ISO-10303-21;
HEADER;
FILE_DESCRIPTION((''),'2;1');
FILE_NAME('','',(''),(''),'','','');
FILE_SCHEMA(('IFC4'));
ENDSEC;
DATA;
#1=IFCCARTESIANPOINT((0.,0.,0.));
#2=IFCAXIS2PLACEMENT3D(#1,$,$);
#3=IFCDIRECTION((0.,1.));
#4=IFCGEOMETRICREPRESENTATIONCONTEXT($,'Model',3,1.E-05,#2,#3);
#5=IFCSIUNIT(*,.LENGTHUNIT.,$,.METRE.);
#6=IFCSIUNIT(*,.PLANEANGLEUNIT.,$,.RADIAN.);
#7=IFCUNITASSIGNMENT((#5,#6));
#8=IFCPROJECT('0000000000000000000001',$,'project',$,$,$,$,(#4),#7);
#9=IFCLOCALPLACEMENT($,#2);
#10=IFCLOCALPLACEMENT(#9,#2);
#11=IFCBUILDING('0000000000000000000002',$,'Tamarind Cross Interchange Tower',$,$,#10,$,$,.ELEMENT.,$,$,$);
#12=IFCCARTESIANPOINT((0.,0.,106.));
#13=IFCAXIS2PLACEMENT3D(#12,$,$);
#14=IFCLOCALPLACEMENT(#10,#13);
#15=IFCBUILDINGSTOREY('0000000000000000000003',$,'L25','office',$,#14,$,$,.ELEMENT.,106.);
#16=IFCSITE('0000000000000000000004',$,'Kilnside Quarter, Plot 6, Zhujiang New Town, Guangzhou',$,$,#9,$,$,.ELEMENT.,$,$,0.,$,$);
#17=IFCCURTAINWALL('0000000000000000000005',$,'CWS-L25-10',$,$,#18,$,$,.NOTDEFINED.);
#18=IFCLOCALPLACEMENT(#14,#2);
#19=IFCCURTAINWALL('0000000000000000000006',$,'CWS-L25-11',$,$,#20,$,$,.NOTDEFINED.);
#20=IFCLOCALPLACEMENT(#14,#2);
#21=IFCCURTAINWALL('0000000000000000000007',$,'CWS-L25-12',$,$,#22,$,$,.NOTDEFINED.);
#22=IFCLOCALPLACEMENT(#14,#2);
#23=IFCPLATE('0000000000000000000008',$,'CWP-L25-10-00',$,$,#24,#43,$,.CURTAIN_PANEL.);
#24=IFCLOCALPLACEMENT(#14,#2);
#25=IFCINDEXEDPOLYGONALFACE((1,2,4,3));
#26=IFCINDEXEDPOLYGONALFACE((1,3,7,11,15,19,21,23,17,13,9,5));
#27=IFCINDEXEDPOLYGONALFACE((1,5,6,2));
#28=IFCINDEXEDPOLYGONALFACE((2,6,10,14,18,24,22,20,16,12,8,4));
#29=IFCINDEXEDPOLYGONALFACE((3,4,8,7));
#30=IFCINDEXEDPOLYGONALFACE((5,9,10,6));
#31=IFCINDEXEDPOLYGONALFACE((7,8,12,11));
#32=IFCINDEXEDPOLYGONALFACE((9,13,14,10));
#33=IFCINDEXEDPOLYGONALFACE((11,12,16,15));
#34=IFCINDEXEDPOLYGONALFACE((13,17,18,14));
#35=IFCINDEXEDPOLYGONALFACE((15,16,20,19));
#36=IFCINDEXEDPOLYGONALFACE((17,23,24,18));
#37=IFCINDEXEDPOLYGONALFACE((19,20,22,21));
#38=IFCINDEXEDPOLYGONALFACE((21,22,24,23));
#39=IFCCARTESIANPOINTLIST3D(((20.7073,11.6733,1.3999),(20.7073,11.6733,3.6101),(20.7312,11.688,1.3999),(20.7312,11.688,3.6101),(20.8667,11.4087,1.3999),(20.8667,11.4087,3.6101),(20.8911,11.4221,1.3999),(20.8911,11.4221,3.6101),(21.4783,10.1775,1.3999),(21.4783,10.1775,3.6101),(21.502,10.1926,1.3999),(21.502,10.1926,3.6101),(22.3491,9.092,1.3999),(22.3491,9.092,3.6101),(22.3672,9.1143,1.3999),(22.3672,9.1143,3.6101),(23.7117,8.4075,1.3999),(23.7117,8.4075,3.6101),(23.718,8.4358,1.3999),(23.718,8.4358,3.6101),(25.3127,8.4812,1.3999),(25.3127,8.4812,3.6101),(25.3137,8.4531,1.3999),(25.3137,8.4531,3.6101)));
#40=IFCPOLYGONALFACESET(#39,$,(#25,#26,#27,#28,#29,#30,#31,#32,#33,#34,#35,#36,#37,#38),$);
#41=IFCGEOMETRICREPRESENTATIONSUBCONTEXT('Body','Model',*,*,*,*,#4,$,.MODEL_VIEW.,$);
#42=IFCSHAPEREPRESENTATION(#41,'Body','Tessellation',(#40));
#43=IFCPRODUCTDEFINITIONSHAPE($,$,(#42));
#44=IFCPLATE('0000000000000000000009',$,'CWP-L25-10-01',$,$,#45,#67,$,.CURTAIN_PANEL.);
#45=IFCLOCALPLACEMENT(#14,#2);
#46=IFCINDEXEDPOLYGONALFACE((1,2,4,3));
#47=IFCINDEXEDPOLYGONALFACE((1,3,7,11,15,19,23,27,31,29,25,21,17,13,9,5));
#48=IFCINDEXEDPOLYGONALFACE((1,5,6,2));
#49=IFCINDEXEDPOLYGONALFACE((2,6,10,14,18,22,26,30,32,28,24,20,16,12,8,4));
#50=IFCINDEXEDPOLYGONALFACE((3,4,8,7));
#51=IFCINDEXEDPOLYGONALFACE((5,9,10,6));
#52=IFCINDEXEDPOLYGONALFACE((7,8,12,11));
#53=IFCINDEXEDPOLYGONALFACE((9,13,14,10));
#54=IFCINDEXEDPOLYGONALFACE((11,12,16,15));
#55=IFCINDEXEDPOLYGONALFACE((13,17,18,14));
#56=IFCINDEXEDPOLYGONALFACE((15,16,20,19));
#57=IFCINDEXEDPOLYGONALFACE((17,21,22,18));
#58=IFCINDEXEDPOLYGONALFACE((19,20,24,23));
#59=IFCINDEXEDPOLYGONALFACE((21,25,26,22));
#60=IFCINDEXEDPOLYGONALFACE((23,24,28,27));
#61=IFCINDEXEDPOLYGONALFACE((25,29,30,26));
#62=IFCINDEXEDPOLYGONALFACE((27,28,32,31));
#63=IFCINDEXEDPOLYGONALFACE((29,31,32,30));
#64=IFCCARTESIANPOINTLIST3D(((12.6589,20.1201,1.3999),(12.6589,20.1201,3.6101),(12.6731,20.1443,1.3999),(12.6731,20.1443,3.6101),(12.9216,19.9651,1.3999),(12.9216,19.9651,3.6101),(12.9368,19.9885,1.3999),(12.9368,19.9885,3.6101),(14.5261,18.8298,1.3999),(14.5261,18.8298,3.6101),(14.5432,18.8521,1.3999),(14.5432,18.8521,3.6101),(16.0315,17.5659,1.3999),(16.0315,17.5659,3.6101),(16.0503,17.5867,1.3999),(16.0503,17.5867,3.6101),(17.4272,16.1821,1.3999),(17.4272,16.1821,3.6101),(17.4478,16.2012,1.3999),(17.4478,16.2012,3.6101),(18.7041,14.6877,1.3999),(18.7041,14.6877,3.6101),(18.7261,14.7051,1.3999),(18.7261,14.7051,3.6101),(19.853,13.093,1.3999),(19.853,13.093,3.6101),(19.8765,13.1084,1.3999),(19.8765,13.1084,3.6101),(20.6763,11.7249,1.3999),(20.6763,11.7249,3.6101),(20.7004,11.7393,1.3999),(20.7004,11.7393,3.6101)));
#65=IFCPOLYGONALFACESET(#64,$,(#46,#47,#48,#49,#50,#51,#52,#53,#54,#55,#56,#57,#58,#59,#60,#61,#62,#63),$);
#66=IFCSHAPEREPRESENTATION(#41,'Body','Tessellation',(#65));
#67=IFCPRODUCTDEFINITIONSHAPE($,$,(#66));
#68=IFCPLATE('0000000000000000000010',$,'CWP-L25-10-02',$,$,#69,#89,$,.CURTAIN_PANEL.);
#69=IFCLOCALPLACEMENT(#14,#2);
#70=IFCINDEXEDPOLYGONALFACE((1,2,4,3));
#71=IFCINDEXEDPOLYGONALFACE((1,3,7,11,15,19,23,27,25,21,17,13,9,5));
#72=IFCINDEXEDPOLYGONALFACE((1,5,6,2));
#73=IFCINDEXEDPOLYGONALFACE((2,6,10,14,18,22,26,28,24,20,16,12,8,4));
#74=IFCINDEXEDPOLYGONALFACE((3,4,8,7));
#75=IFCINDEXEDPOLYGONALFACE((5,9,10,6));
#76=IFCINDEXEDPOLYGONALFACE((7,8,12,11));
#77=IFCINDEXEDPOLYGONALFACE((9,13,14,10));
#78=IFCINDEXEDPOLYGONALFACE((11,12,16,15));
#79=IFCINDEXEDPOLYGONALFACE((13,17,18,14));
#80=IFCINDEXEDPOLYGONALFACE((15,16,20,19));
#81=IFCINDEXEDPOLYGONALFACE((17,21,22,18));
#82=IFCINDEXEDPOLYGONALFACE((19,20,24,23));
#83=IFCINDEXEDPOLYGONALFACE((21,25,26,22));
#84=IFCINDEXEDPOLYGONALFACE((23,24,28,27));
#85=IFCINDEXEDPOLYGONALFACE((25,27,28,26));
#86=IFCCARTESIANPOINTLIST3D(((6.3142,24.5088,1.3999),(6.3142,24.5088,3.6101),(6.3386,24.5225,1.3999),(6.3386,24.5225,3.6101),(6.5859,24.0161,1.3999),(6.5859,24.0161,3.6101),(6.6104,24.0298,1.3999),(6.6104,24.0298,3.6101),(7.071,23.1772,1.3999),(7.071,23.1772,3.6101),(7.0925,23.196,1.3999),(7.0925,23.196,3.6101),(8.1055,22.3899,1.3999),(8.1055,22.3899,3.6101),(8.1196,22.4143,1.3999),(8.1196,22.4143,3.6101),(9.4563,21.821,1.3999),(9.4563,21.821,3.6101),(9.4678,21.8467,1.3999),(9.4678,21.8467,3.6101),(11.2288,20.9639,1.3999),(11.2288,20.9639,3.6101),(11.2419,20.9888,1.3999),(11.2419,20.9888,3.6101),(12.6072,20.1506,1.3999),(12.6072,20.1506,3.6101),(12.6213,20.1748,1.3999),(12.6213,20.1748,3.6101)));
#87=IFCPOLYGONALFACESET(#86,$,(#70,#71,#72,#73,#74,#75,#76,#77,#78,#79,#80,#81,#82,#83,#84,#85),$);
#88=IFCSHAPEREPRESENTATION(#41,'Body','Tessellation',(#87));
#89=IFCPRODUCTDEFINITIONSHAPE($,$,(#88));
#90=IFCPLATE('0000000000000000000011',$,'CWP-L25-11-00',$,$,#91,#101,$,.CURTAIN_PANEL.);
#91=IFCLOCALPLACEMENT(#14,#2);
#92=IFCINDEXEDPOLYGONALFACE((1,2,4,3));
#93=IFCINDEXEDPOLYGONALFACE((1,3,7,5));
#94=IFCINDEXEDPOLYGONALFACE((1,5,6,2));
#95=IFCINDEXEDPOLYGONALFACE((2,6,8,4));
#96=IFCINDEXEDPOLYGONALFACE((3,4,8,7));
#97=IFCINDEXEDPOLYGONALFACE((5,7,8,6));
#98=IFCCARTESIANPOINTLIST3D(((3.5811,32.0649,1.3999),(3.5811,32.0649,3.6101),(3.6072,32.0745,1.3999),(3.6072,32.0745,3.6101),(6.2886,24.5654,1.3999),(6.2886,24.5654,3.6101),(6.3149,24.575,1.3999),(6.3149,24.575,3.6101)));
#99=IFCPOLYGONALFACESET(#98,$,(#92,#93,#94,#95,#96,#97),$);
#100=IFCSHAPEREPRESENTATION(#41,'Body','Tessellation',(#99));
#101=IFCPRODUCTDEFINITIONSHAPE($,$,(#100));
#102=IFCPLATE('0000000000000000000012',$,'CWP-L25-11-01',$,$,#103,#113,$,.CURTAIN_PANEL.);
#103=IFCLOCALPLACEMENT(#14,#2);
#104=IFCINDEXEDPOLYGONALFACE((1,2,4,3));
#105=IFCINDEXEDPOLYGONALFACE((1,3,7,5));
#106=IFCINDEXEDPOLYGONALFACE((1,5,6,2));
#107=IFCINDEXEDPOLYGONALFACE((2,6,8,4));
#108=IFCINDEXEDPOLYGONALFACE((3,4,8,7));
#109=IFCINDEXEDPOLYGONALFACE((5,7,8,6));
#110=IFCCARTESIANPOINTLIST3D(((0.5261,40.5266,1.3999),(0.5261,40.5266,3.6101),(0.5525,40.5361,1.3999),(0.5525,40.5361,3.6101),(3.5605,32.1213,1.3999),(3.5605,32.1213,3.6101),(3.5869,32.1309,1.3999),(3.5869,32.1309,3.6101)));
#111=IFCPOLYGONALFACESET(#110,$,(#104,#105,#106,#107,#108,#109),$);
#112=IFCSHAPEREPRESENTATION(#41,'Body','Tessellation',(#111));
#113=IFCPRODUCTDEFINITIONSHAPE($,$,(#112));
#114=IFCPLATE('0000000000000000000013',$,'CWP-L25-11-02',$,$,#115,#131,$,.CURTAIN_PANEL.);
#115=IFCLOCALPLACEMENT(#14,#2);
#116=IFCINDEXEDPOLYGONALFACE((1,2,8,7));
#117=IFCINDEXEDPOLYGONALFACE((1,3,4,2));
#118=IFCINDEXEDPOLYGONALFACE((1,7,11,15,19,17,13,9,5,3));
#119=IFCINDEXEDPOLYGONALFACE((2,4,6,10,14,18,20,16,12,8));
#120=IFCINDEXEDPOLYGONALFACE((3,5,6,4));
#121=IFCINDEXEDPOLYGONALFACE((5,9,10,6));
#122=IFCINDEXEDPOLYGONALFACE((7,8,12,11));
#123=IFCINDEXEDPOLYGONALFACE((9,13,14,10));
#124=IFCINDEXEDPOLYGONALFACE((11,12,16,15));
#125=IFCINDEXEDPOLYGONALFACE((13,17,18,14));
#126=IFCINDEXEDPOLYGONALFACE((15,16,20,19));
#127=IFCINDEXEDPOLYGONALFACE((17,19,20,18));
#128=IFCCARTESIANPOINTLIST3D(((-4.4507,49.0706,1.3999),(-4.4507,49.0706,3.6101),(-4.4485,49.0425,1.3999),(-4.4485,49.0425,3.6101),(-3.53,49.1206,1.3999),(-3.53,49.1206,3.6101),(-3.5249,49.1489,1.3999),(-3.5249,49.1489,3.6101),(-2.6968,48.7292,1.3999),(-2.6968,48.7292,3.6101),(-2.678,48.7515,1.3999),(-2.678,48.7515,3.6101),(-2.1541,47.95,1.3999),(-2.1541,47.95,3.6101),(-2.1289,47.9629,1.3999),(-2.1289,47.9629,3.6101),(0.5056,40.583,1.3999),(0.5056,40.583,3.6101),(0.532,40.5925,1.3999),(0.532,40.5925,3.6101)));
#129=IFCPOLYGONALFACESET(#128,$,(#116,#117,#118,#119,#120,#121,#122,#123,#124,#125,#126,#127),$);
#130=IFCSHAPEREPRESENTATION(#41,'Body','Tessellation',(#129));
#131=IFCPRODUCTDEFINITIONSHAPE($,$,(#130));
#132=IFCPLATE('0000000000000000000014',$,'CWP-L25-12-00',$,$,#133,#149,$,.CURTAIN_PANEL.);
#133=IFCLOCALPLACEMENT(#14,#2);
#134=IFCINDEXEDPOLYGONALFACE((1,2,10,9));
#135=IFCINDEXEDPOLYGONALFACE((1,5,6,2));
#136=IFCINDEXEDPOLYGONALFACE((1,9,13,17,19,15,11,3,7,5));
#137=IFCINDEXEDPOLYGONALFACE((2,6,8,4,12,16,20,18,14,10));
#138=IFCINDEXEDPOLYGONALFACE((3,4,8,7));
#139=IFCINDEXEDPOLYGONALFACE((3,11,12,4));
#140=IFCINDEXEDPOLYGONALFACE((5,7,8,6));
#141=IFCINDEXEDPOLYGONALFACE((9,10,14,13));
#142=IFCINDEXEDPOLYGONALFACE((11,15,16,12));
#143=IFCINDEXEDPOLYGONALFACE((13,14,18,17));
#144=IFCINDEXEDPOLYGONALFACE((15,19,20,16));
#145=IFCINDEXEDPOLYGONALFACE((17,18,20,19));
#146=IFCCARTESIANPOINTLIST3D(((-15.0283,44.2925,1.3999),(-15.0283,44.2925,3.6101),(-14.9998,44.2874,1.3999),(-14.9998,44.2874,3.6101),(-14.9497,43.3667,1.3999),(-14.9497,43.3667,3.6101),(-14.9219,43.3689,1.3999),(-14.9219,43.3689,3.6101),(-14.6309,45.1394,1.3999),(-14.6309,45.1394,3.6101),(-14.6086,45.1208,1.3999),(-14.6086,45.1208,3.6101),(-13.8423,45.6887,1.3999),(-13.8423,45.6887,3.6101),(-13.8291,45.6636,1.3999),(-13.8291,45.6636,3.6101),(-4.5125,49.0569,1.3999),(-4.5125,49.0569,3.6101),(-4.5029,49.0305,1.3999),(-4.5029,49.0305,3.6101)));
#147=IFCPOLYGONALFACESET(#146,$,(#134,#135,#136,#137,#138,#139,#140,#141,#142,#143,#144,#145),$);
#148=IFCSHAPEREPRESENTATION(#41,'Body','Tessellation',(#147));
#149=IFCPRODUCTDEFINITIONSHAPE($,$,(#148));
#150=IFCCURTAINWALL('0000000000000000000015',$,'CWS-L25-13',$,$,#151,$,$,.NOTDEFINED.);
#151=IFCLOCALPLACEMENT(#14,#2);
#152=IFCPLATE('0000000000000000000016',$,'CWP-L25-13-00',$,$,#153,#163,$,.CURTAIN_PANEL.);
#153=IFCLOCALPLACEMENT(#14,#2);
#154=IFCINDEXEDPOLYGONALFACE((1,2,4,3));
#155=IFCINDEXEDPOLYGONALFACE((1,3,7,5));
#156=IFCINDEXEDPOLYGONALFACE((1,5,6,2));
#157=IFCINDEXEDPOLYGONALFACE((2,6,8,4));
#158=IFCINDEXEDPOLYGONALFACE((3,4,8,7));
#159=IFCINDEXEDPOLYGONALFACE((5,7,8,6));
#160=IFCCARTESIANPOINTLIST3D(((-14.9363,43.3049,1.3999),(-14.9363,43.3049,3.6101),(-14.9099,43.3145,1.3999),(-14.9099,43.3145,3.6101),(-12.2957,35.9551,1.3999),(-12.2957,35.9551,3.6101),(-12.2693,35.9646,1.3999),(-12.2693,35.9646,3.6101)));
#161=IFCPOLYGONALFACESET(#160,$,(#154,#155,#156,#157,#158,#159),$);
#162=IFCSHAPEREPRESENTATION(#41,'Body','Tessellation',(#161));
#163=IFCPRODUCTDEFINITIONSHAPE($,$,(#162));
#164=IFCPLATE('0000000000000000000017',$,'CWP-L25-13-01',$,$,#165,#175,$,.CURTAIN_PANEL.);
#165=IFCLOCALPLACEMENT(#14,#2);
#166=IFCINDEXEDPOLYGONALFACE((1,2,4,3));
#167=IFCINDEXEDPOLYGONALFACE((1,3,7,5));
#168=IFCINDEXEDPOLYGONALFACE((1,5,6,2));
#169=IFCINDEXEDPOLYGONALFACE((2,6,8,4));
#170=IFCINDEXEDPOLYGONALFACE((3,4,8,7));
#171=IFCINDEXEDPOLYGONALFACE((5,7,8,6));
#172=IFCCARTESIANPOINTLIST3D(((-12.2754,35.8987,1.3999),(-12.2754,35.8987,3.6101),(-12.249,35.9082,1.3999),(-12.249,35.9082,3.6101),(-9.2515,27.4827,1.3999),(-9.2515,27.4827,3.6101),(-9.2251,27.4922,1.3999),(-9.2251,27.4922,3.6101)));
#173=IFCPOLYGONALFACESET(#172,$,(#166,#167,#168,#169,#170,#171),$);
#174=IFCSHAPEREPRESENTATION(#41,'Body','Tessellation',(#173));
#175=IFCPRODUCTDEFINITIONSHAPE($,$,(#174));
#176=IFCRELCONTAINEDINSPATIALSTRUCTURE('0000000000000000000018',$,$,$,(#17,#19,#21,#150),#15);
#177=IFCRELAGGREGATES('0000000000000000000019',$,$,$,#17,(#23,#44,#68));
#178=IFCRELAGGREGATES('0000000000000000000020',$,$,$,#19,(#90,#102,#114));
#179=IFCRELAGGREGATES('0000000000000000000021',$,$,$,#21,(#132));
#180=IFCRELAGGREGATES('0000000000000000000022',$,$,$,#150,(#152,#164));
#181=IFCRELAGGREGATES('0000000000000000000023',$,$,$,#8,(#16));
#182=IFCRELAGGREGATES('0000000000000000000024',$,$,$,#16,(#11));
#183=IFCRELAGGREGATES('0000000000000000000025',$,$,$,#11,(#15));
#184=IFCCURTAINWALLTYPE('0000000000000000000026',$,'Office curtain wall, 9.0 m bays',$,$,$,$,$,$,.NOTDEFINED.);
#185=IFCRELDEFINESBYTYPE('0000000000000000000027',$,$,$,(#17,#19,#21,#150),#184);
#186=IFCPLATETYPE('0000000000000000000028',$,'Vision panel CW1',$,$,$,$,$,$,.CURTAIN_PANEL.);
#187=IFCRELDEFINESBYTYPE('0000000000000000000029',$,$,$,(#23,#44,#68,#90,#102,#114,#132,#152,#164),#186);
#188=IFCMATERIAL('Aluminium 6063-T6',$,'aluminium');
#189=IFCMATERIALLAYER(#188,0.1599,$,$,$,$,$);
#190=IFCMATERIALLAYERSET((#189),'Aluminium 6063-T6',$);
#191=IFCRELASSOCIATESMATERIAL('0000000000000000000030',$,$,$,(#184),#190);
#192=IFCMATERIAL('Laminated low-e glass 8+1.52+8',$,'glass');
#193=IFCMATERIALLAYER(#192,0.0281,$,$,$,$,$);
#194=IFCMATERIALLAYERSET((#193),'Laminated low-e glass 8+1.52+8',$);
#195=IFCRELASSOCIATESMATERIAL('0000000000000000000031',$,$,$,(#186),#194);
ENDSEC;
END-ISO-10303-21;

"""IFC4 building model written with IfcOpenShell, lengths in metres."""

from ifc_helpers import new_model, si_unit, direction, frame, origin, place, context, subcontext, project, spatial, polyline, outline, extrude, material, layer, layer_set, type_object, element, aggregate, save


model = new_model("IFC4")

# Units and contexts
model_context = context("Model", 3, precision=1e-05, world=origin(), true_north=direction((0.0, 1.0)))
body_context = subcontext(model_context, "Body", "Model", "MODEL_VIEW")
ifc_project = project(units=[si_unit("LENGTHUNIT", "METRE"), si_unit("PLANEANGLEUNIT", "RADIAN")], contexts=[model_context])

# Site, building, storey
site_placement = place(None, origin())
site = spatial("IfcSite", under=ifc_project, at=site_placement, Name="Kilnside Quarter, Plot 6, Zhujiang New Town, Guangzhou", CompositionType="ELEMENT", RefElevation=0.0)
building_placement = place(site_placement, origin())
building = spatial("IfcBuilding", under=site, at=building_placement, Name="Tamarind Cross Interchange Tower", CompositionType="ELEMENT")
storey_placement = place(building_placement, frame((0.0, 0.0, 106.0)))
storey = spatial("IfcBuildingStorey", under=building, at=storey_placement, Name="L25", Description="office", CompositionType="ELEMENT", Elevation=106.0)

# Curtain walls
ifc_material_1 = material(Name="Aluminium 6063-T6", Category="aluminium")
ifc_layer_1 = layer(ifc_material_1, 0.1599)
ifc_layer_set_1 = layer_set([ifc_layer_1], Name="Aluminium 6063-T6")
curtain_wall_type = type_object("IfcCurtainWallType", Name="Office curtain wall, 9.0 m bays", PredefinedType="NOTDEFINED", material=ifc_layer_set_1)
curtain_wall_1_placement = place(storey_placement, origin())
curtain_wall_1 = element("IfcCurtainWall", 1, at=curtain_wall_1_placement, inside=storey, type_object=curtain_wall_type, Name="CWS-L25-10", PredefinedType="NOTDEFINED")
curtain_wall_2_placement = place(storey_placement, origin())
curtain_wall_2 = element("IfcCurtainWall", 2, at=curtain_wall_2_placement, inside=storey, type_object=curtain_wall_type, Name="CWS-L25-11", PredefinedType="NOTDEFINED")
curtain_wall_3_placement = place(storey_placement, origin())
curtain_wall_3 = element("IfcCurtainWall", 3, at=curtain_wall_3_placement, inside=storey, type_object=curtain_wall_type, Name="CWS-L25-12", PredefinedType="NOTDEFINED")

# Plates
ifc_material_2 = material(Name="Laminated low-e glass 8+1.52+8", Category="glass")
ifc_layer_2 = layer(ifc_material_2, 0.0281)
ifc_layer_set_2 = layer_set([ifc_layer_2], Name="Laminated low-e glass 8+1.52+8")
plate_type = type_object("IfcPlateType", Name="Vision panel CW1", PredefinedType="CURTAIN_PANEL", material=ifc_layer_set_2)
plate_1_placement = place(storey_placement, frame((0.0, 0.0, 1.3999)))
plate_1 = element("IfcPlate", 4, at=plate_1_placement, type_object=plate_type, Name="CWP-L25-10-00", PredefinedType="CURTAIN_PANEL", context=body_context, shape_type="SweptSolid", body=[
    extrude(outline(polyline([(25.3137, 8.4531), (23.7117, 8.4075), (22.3491, 9.092), (21.4783, 10.1775), (20.8667, 11.4087), (20.7073, 11.6733), (20.7312, 11.688), (20.8911, 11.4221), (21.502, 10.1926), (22.3672, 9.1143), (23.718, 8.4358), (25.3127, 8.4812), (25.3137, 8.4531)])), origin(), (0.0, 0.0, 1.0), 2.2102),
])
plate_2_placement = place(storey_placement, frame((0.0, 0.0, 1.3999)))
plate_2 = element("IfcPlate", 5, at=plate_2_placement, type_object=plate_type, Name="CWP-L25-10-01", PredefinedType="CURTAIN_PANEL", context=body_context, shape_type="SweptSolid", body=[
    extrude(outline(polyline([(20.6763, 11.7249), (19.853, 13.093), (18.7041, 14.6877), (17.4272, 16.1821), (16.0315, 17.5659), (14.5261, 18.8298), (12.9216, 19.9651), (12.6589, 20.1201), (12.6731, 20.1443), (12.9368, 19.9885), (14.5432, 18.8521), (16.0503, 17.5867), (17.4478, 16.2012), (18.7261, 14.7051), (19.8765, 13.1084), (20.7004, 11.7393), (20.6763, 11.7249)])), origin(), (0.0, 0.0, 1.0), 2.2102),
])
plate_3_placement = place(storey_placement, frame((0.0, 0.0, 1.3999)))
plate_3 = element("IfcPlate", 6, at=plate_3_placement, type_object=plate_type, Name="CWP-L25-10-02", PredefinedType="CURTAIN_PANEL", context=body_context, shape_type="SweptSolid", body=[
    extrude(outline(polyline([(12.6072, 20.1506), (11.2288, 20.9639), (9.4563, 21.821), (8.1055, 22.3899), (7.071, 23.1772), (6.5859, 24.0161), (6.3142, 24.5088), (6.3386, 24.5225), (6.6104, 24.0298), (7.0925, 23.196), (8.1196, 22.4143), (9.4678, 21.8467), (11.2419, 20.9888), (12.6213, 20.1748), (12.6072, 20.1506)])), origin(), (0.0, 0.0, 1.0), 2.2102),
])
aggregate(curtain_wall_1, [plate_1, plate_2, plate_3])
plate_4_placement = place(storey_placement, frame((0.0, 0.0, 1.3999)))
plate_4 = element("IfcPlate", 7, at=plate_4_placement, type_object=plate_type, Name="CWP-L25-11-00", PredefinedType="CURTAIN_PANEL", context=body_context, shape_type="SweptSolid", body=[
    extrude(outline(polyline([(6.2886, 24.5654), (3.5811, 32.0649), (3.6072, 32.0745), (6.3149, 24.575), (6.2886, 24.5654)])), origin(), (0.0, 0.0, 1.0), 2.2102),
])
plate_5_placement = place(storey_placement, frame((0.0, 0.0, 1.3999)))
plate_5 = element("IfcPlate", 8, at=plate_5_placement, type_object=plate_type, Name="CWP-L25-11-01", PredefinedType="CURTAIN_PANEL", context=body_context, shape_type="SweptSolid", body=[
    extrude(outline(polyline([(3.5605, 32.1213), (0.5261, 40.5266), (0.5525, 40.5361), (3.5869, 32.1309), (3.5605, 32.1213)])), origin(), (0.0, 0.0, 1.0), 2.2102),
])
plate_6_placement = place(storey_placement, frame((0.0, 0.0, 1.3999)))
plate_6 = element("IfcPlate", 9, at=plate_6_placement, type_object=plate_type, Name="CWP-L25-11-02", PredefinedType="CURTAIN_PANEL", context=body_context, shape_type="SweptSolid", body=[
    extrude(outline(polyline([(0.5056, 40.583), (-2.1541, 47.95), (-2.6968, 48.7292), (-3.53, 49.1206), (-4.4485, 49.0425), (-4.4507, 49.0706), (-3.5249, 49.1489), (-2.678, 48.7515), (-2.1289, 47.9629), (0.532, 40.5925), (0.5056, 40.583)])), origin(), (0.0, 0.0, 1.0), 2.2102),
])
aggregate(curtain_wall_2, [plate_4, plate_5, plate_6])
plate_7_placement = place(storey_placement, frame((0.0, 0.0, 1.3999)))
plate_7 = element("IfcPlate", 10, at=plate_7_placement, type_object=plate_type, Name="CWP-L25-12-00", PredefinedType="CURTAIN_PANEL", context=body_context, shape_type="SweptSolid", body=[
    extrude(outline(polyline([(-4.5029, 49.0305), (-13.8291, 45.6636), (-14.6086, 45.1208), (-14.9998, 44.2874), (-14.9219, 43.3689), (-14.9497, 43.3667), (-15.0283, 44.2925), (-14.6309, 45.1394), (-13.8423, 45.6887), (-4.5125, 49.0569), (-4.5029, 49.0305)])), origin(), (0.0, 0.0, 1.0), 2.2102),
])
aggregate(curtain_wall_3, [plate_7])

# Curtain wall, plates
curtain_wall_4_placement = place(storey_placement, origin())
curtain_wall_4 = element("IfcCurtainWall", 11, at=curtain_wall_4_placement, inside=storey, type_object=curtain_wall_type, Name="CWS-L25-13", PredefinedType="NOTDEFINED")
plate_8_placement = place(storey_placement, frame((0.0, 0.0, 1.3999)))
plate_8 = element("IfcPlate", 12, at=plate_8_placement, type_object=plate_type, Name="CWP-L25-13-00", PredefinedType="CURTAIN_PANEL", context=body_context, shape_type="SweptSolid", body=[
    extrude(outline(polyline([(-14.9099, 43.3145), (-12.2693, 35.9646), (-12.2957, 35.9551), (-14.9363, 43.3049), (-14.9099, 43.3145)])), origin(), (0.0, 0.0, 1.0), 2.2102),
])
plate_9_placement = place(storey_placement, frame((0.0, 0.0, 1.3999)))
plate_9 = element("IfcPlate", 13, at=plate_9_placement, type_object=plate_type, Name="CWP-L25-13-01", PredefinedType="CURTAIN_PANEL", context=body_context, shape_type="SweptSolid", body=[
    extrude(outline(polyline([(-12.249, 35.9082), (-9.2251, 27.4922), (-9.2515, 27.4827), (-12.2754, 35.8987), (-12.249, 35.9082)])), origin(), (0.0, 0.0, 1.0), 2.2102),
])
aggregate(curtain_wall_4, [plate_8, plate_9])

save(model, "model.ifc")
